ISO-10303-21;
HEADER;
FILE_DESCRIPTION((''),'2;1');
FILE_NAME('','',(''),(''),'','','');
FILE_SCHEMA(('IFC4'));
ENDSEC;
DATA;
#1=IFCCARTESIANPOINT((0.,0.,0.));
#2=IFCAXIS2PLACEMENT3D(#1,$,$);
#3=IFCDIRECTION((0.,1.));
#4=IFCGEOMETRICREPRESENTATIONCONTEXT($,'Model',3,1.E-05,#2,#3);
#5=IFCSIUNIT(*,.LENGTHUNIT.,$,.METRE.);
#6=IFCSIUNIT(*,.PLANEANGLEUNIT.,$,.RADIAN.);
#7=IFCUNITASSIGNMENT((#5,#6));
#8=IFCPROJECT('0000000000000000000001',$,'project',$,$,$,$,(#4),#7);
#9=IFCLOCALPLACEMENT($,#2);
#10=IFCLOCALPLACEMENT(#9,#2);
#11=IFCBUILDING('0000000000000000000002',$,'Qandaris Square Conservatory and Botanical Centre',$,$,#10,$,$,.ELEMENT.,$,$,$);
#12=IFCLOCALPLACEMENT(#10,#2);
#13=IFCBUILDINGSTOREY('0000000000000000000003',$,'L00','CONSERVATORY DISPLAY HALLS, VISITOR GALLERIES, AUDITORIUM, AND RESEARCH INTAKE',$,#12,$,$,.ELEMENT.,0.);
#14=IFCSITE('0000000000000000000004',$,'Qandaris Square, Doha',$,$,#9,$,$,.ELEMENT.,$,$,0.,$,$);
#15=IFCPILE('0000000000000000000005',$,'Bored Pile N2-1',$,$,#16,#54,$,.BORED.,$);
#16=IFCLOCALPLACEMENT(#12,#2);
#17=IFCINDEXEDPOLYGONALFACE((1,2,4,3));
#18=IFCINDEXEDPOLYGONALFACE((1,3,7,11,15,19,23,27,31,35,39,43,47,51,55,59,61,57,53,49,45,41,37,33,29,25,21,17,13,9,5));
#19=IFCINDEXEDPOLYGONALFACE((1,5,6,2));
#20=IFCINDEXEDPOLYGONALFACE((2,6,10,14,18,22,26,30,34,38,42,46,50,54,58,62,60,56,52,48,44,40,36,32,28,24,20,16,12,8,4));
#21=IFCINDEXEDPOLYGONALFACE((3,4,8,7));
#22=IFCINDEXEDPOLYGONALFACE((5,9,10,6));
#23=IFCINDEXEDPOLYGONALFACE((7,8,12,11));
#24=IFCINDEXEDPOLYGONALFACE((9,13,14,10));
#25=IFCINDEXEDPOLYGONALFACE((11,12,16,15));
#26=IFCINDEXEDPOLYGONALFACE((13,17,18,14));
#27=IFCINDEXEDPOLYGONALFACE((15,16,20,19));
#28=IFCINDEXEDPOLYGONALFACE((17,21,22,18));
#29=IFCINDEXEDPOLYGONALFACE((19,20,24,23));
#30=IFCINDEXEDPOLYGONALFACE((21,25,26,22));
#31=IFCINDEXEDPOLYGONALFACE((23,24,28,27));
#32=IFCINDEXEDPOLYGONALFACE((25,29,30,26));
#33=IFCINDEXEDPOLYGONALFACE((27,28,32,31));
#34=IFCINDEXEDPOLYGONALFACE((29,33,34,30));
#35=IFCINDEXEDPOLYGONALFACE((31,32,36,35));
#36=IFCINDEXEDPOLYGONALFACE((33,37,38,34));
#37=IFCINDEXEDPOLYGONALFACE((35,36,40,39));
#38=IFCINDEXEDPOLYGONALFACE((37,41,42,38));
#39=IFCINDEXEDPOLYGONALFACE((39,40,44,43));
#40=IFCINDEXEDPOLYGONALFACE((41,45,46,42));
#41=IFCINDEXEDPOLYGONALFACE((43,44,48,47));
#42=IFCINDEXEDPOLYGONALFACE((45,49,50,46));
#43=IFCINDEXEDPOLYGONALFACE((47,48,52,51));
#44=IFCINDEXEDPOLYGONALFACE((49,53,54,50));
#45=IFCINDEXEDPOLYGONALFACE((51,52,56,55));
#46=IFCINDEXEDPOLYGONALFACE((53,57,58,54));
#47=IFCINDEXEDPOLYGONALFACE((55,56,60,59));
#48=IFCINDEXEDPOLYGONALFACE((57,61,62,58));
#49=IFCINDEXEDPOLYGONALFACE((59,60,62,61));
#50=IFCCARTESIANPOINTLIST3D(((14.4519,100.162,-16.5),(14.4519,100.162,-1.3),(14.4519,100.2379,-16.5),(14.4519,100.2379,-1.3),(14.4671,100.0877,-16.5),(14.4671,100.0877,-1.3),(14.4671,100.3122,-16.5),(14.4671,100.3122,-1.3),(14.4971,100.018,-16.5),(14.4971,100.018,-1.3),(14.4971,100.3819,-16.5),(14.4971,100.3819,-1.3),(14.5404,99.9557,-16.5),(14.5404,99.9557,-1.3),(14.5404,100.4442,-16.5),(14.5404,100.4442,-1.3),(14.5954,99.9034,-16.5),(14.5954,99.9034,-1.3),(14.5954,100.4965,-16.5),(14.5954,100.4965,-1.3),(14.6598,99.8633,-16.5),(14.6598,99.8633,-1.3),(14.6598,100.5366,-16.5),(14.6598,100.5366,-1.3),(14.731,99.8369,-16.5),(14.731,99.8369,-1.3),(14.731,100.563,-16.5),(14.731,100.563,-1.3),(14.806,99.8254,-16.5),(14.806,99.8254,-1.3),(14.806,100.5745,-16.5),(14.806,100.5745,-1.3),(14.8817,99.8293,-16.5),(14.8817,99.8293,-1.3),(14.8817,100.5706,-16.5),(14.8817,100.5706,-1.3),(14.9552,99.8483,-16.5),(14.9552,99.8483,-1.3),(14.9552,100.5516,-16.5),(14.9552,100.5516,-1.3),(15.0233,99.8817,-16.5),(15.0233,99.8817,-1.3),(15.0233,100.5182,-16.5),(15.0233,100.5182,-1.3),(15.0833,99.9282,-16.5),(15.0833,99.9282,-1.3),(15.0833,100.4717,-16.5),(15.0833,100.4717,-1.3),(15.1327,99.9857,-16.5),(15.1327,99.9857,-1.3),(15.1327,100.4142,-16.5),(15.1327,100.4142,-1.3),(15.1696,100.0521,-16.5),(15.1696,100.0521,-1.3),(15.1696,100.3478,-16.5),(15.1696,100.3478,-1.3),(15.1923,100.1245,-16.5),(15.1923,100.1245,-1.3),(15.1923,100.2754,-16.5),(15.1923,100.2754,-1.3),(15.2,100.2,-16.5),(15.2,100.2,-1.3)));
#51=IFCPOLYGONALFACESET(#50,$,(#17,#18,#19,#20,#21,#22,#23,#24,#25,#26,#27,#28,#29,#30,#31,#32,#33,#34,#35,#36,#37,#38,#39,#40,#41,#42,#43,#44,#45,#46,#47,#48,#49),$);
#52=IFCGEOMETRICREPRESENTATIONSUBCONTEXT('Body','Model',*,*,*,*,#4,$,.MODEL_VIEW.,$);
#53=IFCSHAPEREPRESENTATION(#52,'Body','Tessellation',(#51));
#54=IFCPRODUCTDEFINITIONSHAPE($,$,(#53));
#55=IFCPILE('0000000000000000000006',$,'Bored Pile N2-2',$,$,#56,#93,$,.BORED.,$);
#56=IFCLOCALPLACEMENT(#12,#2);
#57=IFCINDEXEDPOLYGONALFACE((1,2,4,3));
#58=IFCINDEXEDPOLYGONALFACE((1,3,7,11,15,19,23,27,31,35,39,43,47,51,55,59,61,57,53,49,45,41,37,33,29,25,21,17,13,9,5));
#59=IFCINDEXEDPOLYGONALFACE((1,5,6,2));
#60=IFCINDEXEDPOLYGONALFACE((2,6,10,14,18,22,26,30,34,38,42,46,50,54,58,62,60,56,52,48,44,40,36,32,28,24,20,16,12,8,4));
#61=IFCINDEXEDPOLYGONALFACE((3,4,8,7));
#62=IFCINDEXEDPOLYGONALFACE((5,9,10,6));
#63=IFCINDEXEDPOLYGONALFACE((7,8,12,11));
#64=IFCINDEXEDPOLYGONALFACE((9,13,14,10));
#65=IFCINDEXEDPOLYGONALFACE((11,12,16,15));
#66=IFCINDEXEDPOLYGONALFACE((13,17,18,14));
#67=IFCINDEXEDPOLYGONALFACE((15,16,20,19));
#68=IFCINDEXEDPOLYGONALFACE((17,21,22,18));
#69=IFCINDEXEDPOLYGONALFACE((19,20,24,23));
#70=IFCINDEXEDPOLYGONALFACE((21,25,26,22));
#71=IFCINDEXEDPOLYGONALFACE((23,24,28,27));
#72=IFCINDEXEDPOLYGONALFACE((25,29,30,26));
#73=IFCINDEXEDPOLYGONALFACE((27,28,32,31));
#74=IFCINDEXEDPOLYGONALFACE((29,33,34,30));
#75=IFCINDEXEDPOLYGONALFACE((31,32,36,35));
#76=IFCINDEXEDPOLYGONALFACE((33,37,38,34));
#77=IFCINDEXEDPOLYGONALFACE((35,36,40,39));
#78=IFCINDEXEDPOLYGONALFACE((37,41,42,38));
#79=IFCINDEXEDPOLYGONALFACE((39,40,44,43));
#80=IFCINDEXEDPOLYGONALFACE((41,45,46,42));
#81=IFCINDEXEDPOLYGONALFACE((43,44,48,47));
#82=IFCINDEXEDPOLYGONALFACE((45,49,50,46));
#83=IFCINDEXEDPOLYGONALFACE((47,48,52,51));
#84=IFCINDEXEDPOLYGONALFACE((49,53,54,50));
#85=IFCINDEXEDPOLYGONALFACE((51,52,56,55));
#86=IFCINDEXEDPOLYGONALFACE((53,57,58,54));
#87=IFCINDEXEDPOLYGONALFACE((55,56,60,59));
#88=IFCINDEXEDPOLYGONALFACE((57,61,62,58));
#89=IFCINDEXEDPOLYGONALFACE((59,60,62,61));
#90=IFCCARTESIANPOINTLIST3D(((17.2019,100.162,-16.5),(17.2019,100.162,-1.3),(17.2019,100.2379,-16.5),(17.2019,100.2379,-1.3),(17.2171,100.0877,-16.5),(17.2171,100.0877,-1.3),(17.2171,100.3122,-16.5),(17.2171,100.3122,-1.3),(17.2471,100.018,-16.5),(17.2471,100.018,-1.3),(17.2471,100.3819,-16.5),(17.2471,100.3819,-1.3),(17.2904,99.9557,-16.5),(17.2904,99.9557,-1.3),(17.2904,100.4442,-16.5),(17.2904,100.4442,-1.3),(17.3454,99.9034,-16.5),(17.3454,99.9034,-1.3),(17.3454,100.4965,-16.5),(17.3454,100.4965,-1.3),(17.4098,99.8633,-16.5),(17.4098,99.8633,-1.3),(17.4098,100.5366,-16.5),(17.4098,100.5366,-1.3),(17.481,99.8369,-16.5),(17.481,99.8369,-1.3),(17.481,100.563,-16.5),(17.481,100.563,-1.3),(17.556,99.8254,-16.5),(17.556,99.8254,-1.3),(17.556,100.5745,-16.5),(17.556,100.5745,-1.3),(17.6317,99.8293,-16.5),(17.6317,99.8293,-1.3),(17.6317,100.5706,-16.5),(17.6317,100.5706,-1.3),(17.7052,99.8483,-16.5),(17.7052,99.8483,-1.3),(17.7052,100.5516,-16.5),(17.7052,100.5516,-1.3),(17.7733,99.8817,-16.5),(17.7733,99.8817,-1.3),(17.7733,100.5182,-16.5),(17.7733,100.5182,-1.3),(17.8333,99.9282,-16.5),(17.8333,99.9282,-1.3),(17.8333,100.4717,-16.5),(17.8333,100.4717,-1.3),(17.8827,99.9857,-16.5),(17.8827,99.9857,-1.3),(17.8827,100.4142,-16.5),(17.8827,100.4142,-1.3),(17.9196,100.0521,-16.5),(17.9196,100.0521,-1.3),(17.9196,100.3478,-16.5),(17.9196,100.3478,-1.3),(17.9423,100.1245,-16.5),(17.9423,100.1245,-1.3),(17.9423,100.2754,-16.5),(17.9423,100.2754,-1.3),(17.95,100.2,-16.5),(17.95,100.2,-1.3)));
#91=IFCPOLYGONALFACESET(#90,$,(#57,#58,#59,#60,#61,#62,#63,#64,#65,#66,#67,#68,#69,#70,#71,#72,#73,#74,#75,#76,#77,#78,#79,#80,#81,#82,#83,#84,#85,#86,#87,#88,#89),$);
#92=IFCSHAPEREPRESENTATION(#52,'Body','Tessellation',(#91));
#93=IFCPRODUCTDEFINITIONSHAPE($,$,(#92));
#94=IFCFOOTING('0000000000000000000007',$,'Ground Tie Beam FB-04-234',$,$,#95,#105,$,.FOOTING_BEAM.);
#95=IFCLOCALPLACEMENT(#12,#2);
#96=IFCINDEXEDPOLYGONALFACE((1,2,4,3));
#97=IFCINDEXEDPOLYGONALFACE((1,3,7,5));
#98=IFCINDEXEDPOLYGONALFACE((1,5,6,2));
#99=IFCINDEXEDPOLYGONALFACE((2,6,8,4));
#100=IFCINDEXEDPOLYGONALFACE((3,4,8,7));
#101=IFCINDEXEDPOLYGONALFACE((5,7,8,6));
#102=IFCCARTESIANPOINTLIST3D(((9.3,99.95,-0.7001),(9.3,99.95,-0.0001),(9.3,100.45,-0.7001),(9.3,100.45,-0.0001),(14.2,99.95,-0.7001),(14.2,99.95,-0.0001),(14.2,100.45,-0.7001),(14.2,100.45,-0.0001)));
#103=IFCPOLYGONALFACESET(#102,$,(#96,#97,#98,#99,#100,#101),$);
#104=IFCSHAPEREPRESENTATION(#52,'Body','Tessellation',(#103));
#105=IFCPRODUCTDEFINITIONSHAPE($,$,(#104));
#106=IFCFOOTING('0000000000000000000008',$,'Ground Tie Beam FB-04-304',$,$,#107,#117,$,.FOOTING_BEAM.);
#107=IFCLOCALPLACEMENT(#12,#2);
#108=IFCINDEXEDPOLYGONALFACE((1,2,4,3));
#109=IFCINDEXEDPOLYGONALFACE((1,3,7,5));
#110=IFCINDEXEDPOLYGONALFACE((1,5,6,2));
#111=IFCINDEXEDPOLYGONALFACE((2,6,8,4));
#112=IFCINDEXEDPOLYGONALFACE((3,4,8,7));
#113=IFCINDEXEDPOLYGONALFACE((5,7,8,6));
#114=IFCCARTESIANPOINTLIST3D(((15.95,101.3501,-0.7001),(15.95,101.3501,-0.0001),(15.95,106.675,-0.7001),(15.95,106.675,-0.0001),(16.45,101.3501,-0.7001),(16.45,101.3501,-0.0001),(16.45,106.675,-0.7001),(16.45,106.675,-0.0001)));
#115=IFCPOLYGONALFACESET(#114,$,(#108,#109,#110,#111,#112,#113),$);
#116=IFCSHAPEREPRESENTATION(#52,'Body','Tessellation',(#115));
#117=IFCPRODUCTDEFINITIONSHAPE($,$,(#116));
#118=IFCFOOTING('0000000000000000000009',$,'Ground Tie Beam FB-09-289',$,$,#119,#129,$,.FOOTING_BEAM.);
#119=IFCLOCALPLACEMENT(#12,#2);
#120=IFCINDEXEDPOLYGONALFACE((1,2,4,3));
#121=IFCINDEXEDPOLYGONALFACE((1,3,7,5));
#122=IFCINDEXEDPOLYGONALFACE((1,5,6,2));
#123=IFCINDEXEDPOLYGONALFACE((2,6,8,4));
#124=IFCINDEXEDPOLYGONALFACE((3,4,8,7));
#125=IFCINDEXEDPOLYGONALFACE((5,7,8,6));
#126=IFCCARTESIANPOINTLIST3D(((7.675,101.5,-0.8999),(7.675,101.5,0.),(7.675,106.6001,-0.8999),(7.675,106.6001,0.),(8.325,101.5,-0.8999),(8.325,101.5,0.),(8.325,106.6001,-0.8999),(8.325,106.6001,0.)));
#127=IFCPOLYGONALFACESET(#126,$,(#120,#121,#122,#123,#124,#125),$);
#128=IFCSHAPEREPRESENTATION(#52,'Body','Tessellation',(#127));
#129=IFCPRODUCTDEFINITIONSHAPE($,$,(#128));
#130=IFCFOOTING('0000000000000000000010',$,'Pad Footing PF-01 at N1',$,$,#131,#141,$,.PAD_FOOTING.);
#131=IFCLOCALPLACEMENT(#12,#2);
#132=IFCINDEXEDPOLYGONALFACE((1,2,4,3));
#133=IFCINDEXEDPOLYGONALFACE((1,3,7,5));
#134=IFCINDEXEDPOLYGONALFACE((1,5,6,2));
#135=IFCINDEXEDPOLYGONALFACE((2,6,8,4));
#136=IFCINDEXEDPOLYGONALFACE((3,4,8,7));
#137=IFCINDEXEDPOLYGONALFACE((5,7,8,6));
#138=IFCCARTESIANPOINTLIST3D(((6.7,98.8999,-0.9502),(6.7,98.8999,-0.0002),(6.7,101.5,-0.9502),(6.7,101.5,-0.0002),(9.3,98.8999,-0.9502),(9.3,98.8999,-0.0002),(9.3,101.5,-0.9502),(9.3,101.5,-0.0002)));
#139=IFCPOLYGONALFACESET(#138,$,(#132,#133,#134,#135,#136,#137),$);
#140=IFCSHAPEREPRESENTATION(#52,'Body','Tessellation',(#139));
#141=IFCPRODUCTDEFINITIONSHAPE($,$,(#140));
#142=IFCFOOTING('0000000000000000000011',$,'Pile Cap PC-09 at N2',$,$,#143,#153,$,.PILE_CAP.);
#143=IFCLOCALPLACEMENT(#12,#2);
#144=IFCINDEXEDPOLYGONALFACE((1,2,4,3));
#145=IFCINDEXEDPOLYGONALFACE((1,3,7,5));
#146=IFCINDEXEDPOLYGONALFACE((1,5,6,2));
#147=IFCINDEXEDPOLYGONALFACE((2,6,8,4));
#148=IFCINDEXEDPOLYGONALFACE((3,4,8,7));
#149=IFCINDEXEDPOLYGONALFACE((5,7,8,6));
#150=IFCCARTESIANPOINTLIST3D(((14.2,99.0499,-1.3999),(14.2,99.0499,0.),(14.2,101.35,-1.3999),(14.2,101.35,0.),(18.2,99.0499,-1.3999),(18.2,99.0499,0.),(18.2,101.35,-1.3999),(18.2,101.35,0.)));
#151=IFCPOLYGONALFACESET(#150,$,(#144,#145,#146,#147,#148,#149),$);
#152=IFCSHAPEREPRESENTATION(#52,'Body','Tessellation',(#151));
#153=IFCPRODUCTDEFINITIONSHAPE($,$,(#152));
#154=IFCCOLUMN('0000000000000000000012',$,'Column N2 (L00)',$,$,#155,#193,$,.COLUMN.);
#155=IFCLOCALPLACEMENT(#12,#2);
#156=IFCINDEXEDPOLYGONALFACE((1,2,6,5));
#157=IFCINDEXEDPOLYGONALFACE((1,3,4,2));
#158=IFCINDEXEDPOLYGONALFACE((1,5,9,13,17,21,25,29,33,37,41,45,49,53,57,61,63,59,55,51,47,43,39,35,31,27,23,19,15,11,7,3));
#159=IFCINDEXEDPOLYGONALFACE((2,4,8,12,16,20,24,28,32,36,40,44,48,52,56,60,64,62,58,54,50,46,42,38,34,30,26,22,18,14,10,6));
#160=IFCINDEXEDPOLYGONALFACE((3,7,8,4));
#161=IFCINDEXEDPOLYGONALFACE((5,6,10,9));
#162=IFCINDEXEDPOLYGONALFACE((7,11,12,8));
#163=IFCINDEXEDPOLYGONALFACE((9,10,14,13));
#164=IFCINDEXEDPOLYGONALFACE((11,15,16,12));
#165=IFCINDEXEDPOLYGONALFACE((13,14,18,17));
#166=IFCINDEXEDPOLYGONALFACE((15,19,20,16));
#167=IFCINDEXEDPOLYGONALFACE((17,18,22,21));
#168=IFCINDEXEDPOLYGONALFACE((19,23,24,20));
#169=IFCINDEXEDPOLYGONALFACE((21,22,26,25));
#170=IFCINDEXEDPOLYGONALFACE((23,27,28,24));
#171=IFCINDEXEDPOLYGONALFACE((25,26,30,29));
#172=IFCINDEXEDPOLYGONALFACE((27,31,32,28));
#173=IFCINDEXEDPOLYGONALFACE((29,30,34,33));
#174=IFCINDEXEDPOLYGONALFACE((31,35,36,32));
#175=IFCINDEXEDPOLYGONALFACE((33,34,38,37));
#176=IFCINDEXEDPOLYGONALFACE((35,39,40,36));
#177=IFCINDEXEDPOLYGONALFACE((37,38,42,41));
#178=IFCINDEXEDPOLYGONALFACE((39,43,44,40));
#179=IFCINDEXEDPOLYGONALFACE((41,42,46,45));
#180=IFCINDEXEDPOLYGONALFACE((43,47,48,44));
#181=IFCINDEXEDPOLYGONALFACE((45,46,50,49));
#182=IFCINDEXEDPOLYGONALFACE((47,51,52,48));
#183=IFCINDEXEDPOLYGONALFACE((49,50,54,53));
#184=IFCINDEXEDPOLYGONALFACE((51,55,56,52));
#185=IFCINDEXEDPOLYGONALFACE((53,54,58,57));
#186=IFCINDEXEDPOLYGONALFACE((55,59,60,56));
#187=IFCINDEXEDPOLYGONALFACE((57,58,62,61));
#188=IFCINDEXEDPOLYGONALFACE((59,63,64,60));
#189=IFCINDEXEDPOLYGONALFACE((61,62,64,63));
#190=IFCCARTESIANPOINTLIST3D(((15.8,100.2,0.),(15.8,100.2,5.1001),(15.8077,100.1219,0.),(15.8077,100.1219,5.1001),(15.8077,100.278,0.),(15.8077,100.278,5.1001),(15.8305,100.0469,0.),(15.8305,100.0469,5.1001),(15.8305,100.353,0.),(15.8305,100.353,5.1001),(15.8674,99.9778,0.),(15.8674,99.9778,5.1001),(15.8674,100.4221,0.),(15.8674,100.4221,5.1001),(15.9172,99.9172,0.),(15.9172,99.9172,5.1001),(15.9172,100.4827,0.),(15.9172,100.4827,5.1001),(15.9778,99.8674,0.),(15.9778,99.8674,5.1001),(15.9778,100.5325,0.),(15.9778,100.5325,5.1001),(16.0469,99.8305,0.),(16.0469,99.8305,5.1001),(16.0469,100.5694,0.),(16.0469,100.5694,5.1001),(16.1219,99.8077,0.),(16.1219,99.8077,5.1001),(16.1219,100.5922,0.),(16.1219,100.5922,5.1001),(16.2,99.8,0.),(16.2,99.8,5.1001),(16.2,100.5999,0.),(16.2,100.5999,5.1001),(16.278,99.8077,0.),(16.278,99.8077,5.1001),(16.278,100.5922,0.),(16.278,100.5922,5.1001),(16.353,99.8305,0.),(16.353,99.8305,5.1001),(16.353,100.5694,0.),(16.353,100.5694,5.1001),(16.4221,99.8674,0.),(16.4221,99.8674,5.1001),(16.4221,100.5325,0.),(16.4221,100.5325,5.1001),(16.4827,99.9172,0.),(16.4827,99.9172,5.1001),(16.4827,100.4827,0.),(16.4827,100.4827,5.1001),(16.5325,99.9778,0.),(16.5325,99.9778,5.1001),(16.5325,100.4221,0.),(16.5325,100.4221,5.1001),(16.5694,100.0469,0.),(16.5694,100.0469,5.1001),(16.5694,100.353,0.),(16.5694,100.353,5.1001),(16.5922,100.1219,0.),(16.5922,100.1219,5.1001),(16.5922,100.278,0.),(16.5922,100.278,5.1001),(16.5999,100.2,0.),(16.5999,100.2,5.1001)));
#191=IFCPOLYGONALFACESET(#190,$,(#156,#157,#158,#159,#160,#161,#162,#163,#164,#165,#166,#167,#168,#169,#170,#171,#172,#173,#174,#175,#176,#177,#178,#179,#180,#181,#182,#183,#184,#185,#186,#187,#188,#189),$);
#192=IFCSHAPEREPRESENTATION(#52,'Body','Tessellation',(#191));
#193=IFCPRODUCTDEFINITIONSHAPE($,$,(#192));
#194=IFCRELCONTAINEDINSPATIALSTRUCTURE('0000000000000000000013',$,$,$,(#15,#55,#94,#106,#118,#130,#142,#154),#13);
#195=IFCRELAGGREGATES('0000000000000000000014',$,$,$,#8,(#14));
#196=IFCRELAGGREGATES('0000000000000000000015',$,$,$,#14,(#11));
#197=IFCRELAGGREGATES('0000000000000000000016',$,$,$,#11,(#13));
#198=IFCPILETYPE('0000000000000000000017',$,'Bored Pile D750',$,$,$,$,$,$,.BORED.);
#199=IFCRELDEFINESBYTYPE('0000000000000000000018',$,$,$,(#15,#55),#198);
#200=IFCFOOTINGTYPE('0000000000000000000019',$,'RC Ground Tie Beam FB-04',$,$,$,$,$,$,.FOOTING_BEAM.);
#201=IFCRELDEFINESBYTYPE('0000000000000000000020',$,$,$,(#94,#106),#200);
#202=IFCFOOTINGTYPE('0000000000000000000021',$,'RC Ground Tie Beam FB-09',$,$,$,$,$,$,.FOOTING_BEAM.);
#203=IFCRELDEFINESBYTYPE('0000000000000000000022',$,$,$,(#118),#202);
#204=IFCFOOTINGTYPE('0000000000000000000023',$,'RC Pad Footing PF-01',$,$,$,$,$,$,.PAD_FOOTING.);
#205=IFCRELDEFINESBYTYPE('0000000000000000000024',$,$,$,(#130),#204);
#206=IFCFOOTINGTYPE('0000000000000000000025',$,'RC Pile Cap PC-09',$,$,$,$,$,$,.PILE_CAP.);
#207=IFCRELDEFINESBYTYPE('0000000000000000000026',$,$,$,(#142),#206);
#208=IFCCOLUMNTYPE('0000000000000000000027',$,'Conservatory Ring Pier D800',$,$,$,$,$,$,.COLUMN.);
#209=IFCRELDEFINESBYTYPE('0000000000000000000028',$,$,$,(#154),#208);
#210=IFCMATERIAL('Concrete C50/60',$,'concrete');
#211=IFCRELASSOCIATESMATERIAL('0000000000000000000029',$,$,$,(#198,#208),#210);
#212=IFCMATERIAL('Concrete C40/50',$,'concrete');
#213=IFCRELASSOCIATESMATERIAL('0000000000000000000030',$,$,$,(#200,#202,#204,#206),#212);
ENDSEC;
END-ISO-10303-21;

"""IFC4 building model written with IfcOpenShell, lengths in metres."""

from ifc_helpers import new_model, si_unit, direction, frame, origin, origin_2d, place, context, subcontext, project, spatial, rectangle, circle, extrude, material, material_profile, profile_set, type_object, element, save


model = new_model("IFC4")

# Units and contexts
model_context = context("Model", 3, precision=1e-05, world=origin(), true_north=direction((0.0, 1.0)))
body_context = subcontext(model_context, "Body", "Model", "MODEL_VIEW")
ifc_project = project(units=[si_unit("LENGTHUNIT", "METRE"), si_unit("PLANEANGLEUNIT", "RADIAN")], contexts=[model_context])

# Site, building, storey
site_placement = place(None, origin())
site = spatial("IfcSite", under=ifc_project, at=site_placement, Name="Qandaris Square, Doha", CompositionType="ELEMENT", RefElevation=0.0)
building_placement = place(site_placement, origin())
building = spatial("IfcBuilding", under=site, at=building_placement, Name="Qandaris Square Conservatory and Botanical Centre", CompositionType="ELEMENT")
storey_placement = place(building_placement, origin())
storey = spatial("IfcBuildingStorey", under=building, at=storey_placement, Name="L00", Description="CONSERVATORY DISPLAY HALLS, VISITOR GALLERIES, AUDITORIUM, AND RESEARCH INTAKE", CompositionType="ELEMENT", Elevation=0.0)

# Piles
ifc_material_1 = material(Name="Concrete C50/60", Category="concrete")
ifc_material_profile_1 = material_profile(ifc_material_1, circle(Radius=0.375, at=origin_2d()), Name="PILE D750")
ifc_profile_set_1 = profile_set([ifc_material_profile_1], Name="Concrete C50/60")
pile_type = type_object("IfcPileType", Name="Bored Pile D750", PredefinedType="BORED", material=ifc_profile_set_1)
for number, where, z_axis, x_axis, name in (
    (1, (14.825, 100.2, -1.3), (0.0, 0.0, -1.0), (1.0, 0.0, 0.0), "Bored Pile N2-1"),
    (2, (17.575, 100.2, -1.3), (0.0, 0.0, -1.0), (1.0, 0.0, 0.0), "Bored Pile N2-2"),
):
    element("IfcPile", number, at=place(storey_placement, frame(where, z_axis=z_axis, x_axis=x_axis)), inside=storey, type_object=pile_type, Name=name, PredefinedType="BORED", context=body_context, shape_type="SweptSolid", body=[
        extrude(circle(Radius=0.375, at=origin_2d()), origin(), (0.0, 0.0, 1.0), 15.2),
    ])

# Footings
ifc_material_2 = material(Name="Concrete C40/50", Category="concrete")
ifc_material_profile_2 = material_profile(ifc_material_2, rectangle(XDim=0.5, YDim=0.7, at=origin_2d()), Name="FB 500x700")
ifc_profile_set_2 = profile_set([ifc_material_profile_2], Name="Concrete C40/50")
footing_type_1 = type_object("IfcFootingType", Name="RC Ground Tie Beam FB-04", PredefinedType="FOOTING_BEAM", material=ifc_profile_set_2)
footing_1_placement = place(storey_placement, frame((9.3, 100.2, -0.3501), z_axis=(1.0, 0.0, 0.0), x_axis=(0.0, 1.0, 0.0)))
element("IfcFooting", 3, at=footing_1_placement, inside=storey, type_object=footing_type_1, Name="Ground Tie Beam FB-04-234", PredefinedType="FOOTING_BEAM", context=body_context, shape_type="SweptSolid", body=[
    extrude(rectangle(XDim=0.5, YDim=0.7, at=origin_2d()), origin(), (0.0, 0.0, 1.0), 4.8999),
])
footing_2_placement = place(storey_placement, frame((16.2, 101.3501, -0.3501), z_axis=(0.0, 1.0, 0.0), x_axis=(-1.0, 0.0, 0.0)))
element("IfcFooting", 4, at=footing_2_placement, inside=storey, type_object=footing_type_1, Name="Ground Tie Beam FB-04-304", PredefinedType="FOOTING_BEAM", context=body_context, shape_type="SweptSolid", body=[
    extrude(rectangle(XDim=0.5, YDim=0.7, at=origin_2d()), origin(), (0.0, 0.0, 1.0), 5.325),
])
ifc_material_profile_3 = material_profile(ifc_material_2, rectangle(XDim=0.6499, YDim=0.8999, at=origin_2d()), Name="FB 650x900")
ifc_profile_set_3 = profile_set([ifc_material_profile_3], Name="Concrete C40/50")
footing_type_2 = type_object("IfcFootingType", Name="RC Ground Tie Beam FB-09", PredefinedType="FOOTING_BEAM", material=ifc_profile_set_3)
footing_3_placement = place(storey_placement, frame((8.0, 101.5, -0.45), z_axis=(0.0, 1.0, 0.0), x_axis=(-1.0, 0.0, 0.0)))
element("IfcFooting", 5, at=footing_3_placement, inside=storey, type_object=footing_type_2, Name="Ground Tie Beam FB-09-289", PredefinedType="FOOTING_BEAM", context=body_context, shape_type="SweptSolid", body=[
    extrude(rectangle(XDim=0.6499, YDim=0.8999, at=origin_2d()), origin(), (0.0, 0.0, 1.0), 5.1001),
])
footing_type_3 = type_object("IfcFootingType", Name="RC Pad Footing PF-01", PredefinedType="PAD_FOOTING", material=ifc_material_2)
footing_4_placement = place(storey_placement, frame((8.0, 100.2, -0.9502), z_axis=(0.0, 0.0, 1.0), x_axis=(1.0, 0.0, 0.0)))
element("IfcFooting", 6, at=footing_4_placement, inside=storey, type_object=footing_type_3, Name="Pad Footing PF-01 at N1", PredefinedType="PAD_FOOTING", context=body_context, shape_type="SweptSolid", body=[
    extrude(rectangle(XDim=2.6001, YDim=2.6001, at=origin_2d()), origin(), (0.0, 0.0, 1.0), 0.95),
])
footing_type_4 = type_object("IfcFootingType", Name="RC Pile Cap PC-09", PredefinedType="PILE_CAP", material=ifc_material_2)
footing_5_placement = place(storey_placement, frame((16.2, 100.2, -1.3999), z_axis=(0.0, 0.0, 1.0), x_axis=(1.0, 0.0, 0.0)))
element("IfcFooting", 7, at=footing_5_placement, inside=storey, type_object=footing_type_4, Name="Pile Cap PC-09 at N2", PredefinedType="PILE_CAP", context=body_context, shape_type="SweptSolid", body=[
    extrude(rectangle(XDim=4.0, YDim=2.3, at=origin_2d()), origin(), (0.0, 0.0, 1.0), 1.3999),
])

# Column
ifc_material_profile_4 = material_profile(ifc_material_1, circle(Radius=0.3999, at=origin_2d()), Name="RC-COL D800")
ifc_profile_set_4 = profile_set([ifc_material_profile_4], Name="Concrete C50/60")
column_type_1 = type_object("IfcColumnType", Name="Conservatory Ring Pier D800", PredefinedType="COLUMN", material=ifc_profile_set_4)
column_1_placement = place(storey_placement, frame((16.2, 100.2, 0.0), z_axis=(0.0, 0.0, 1.0), x_axis=(1.0, 0.0, 0.0)))
element("IfcColumn", 8, at=column_1_placement, inside=storey, type_object=column_type_1, Name="Column N2 (L00)", PredefinedType="COLUMN", context=body_context, shape_type="SweptSolid", body=[
    extrude(circle(Radius=0.3999, at=origin_2d()), origin(), (0.0, 0.0, 1.0), 5.1001),
])

save(model, "model.ifc")
